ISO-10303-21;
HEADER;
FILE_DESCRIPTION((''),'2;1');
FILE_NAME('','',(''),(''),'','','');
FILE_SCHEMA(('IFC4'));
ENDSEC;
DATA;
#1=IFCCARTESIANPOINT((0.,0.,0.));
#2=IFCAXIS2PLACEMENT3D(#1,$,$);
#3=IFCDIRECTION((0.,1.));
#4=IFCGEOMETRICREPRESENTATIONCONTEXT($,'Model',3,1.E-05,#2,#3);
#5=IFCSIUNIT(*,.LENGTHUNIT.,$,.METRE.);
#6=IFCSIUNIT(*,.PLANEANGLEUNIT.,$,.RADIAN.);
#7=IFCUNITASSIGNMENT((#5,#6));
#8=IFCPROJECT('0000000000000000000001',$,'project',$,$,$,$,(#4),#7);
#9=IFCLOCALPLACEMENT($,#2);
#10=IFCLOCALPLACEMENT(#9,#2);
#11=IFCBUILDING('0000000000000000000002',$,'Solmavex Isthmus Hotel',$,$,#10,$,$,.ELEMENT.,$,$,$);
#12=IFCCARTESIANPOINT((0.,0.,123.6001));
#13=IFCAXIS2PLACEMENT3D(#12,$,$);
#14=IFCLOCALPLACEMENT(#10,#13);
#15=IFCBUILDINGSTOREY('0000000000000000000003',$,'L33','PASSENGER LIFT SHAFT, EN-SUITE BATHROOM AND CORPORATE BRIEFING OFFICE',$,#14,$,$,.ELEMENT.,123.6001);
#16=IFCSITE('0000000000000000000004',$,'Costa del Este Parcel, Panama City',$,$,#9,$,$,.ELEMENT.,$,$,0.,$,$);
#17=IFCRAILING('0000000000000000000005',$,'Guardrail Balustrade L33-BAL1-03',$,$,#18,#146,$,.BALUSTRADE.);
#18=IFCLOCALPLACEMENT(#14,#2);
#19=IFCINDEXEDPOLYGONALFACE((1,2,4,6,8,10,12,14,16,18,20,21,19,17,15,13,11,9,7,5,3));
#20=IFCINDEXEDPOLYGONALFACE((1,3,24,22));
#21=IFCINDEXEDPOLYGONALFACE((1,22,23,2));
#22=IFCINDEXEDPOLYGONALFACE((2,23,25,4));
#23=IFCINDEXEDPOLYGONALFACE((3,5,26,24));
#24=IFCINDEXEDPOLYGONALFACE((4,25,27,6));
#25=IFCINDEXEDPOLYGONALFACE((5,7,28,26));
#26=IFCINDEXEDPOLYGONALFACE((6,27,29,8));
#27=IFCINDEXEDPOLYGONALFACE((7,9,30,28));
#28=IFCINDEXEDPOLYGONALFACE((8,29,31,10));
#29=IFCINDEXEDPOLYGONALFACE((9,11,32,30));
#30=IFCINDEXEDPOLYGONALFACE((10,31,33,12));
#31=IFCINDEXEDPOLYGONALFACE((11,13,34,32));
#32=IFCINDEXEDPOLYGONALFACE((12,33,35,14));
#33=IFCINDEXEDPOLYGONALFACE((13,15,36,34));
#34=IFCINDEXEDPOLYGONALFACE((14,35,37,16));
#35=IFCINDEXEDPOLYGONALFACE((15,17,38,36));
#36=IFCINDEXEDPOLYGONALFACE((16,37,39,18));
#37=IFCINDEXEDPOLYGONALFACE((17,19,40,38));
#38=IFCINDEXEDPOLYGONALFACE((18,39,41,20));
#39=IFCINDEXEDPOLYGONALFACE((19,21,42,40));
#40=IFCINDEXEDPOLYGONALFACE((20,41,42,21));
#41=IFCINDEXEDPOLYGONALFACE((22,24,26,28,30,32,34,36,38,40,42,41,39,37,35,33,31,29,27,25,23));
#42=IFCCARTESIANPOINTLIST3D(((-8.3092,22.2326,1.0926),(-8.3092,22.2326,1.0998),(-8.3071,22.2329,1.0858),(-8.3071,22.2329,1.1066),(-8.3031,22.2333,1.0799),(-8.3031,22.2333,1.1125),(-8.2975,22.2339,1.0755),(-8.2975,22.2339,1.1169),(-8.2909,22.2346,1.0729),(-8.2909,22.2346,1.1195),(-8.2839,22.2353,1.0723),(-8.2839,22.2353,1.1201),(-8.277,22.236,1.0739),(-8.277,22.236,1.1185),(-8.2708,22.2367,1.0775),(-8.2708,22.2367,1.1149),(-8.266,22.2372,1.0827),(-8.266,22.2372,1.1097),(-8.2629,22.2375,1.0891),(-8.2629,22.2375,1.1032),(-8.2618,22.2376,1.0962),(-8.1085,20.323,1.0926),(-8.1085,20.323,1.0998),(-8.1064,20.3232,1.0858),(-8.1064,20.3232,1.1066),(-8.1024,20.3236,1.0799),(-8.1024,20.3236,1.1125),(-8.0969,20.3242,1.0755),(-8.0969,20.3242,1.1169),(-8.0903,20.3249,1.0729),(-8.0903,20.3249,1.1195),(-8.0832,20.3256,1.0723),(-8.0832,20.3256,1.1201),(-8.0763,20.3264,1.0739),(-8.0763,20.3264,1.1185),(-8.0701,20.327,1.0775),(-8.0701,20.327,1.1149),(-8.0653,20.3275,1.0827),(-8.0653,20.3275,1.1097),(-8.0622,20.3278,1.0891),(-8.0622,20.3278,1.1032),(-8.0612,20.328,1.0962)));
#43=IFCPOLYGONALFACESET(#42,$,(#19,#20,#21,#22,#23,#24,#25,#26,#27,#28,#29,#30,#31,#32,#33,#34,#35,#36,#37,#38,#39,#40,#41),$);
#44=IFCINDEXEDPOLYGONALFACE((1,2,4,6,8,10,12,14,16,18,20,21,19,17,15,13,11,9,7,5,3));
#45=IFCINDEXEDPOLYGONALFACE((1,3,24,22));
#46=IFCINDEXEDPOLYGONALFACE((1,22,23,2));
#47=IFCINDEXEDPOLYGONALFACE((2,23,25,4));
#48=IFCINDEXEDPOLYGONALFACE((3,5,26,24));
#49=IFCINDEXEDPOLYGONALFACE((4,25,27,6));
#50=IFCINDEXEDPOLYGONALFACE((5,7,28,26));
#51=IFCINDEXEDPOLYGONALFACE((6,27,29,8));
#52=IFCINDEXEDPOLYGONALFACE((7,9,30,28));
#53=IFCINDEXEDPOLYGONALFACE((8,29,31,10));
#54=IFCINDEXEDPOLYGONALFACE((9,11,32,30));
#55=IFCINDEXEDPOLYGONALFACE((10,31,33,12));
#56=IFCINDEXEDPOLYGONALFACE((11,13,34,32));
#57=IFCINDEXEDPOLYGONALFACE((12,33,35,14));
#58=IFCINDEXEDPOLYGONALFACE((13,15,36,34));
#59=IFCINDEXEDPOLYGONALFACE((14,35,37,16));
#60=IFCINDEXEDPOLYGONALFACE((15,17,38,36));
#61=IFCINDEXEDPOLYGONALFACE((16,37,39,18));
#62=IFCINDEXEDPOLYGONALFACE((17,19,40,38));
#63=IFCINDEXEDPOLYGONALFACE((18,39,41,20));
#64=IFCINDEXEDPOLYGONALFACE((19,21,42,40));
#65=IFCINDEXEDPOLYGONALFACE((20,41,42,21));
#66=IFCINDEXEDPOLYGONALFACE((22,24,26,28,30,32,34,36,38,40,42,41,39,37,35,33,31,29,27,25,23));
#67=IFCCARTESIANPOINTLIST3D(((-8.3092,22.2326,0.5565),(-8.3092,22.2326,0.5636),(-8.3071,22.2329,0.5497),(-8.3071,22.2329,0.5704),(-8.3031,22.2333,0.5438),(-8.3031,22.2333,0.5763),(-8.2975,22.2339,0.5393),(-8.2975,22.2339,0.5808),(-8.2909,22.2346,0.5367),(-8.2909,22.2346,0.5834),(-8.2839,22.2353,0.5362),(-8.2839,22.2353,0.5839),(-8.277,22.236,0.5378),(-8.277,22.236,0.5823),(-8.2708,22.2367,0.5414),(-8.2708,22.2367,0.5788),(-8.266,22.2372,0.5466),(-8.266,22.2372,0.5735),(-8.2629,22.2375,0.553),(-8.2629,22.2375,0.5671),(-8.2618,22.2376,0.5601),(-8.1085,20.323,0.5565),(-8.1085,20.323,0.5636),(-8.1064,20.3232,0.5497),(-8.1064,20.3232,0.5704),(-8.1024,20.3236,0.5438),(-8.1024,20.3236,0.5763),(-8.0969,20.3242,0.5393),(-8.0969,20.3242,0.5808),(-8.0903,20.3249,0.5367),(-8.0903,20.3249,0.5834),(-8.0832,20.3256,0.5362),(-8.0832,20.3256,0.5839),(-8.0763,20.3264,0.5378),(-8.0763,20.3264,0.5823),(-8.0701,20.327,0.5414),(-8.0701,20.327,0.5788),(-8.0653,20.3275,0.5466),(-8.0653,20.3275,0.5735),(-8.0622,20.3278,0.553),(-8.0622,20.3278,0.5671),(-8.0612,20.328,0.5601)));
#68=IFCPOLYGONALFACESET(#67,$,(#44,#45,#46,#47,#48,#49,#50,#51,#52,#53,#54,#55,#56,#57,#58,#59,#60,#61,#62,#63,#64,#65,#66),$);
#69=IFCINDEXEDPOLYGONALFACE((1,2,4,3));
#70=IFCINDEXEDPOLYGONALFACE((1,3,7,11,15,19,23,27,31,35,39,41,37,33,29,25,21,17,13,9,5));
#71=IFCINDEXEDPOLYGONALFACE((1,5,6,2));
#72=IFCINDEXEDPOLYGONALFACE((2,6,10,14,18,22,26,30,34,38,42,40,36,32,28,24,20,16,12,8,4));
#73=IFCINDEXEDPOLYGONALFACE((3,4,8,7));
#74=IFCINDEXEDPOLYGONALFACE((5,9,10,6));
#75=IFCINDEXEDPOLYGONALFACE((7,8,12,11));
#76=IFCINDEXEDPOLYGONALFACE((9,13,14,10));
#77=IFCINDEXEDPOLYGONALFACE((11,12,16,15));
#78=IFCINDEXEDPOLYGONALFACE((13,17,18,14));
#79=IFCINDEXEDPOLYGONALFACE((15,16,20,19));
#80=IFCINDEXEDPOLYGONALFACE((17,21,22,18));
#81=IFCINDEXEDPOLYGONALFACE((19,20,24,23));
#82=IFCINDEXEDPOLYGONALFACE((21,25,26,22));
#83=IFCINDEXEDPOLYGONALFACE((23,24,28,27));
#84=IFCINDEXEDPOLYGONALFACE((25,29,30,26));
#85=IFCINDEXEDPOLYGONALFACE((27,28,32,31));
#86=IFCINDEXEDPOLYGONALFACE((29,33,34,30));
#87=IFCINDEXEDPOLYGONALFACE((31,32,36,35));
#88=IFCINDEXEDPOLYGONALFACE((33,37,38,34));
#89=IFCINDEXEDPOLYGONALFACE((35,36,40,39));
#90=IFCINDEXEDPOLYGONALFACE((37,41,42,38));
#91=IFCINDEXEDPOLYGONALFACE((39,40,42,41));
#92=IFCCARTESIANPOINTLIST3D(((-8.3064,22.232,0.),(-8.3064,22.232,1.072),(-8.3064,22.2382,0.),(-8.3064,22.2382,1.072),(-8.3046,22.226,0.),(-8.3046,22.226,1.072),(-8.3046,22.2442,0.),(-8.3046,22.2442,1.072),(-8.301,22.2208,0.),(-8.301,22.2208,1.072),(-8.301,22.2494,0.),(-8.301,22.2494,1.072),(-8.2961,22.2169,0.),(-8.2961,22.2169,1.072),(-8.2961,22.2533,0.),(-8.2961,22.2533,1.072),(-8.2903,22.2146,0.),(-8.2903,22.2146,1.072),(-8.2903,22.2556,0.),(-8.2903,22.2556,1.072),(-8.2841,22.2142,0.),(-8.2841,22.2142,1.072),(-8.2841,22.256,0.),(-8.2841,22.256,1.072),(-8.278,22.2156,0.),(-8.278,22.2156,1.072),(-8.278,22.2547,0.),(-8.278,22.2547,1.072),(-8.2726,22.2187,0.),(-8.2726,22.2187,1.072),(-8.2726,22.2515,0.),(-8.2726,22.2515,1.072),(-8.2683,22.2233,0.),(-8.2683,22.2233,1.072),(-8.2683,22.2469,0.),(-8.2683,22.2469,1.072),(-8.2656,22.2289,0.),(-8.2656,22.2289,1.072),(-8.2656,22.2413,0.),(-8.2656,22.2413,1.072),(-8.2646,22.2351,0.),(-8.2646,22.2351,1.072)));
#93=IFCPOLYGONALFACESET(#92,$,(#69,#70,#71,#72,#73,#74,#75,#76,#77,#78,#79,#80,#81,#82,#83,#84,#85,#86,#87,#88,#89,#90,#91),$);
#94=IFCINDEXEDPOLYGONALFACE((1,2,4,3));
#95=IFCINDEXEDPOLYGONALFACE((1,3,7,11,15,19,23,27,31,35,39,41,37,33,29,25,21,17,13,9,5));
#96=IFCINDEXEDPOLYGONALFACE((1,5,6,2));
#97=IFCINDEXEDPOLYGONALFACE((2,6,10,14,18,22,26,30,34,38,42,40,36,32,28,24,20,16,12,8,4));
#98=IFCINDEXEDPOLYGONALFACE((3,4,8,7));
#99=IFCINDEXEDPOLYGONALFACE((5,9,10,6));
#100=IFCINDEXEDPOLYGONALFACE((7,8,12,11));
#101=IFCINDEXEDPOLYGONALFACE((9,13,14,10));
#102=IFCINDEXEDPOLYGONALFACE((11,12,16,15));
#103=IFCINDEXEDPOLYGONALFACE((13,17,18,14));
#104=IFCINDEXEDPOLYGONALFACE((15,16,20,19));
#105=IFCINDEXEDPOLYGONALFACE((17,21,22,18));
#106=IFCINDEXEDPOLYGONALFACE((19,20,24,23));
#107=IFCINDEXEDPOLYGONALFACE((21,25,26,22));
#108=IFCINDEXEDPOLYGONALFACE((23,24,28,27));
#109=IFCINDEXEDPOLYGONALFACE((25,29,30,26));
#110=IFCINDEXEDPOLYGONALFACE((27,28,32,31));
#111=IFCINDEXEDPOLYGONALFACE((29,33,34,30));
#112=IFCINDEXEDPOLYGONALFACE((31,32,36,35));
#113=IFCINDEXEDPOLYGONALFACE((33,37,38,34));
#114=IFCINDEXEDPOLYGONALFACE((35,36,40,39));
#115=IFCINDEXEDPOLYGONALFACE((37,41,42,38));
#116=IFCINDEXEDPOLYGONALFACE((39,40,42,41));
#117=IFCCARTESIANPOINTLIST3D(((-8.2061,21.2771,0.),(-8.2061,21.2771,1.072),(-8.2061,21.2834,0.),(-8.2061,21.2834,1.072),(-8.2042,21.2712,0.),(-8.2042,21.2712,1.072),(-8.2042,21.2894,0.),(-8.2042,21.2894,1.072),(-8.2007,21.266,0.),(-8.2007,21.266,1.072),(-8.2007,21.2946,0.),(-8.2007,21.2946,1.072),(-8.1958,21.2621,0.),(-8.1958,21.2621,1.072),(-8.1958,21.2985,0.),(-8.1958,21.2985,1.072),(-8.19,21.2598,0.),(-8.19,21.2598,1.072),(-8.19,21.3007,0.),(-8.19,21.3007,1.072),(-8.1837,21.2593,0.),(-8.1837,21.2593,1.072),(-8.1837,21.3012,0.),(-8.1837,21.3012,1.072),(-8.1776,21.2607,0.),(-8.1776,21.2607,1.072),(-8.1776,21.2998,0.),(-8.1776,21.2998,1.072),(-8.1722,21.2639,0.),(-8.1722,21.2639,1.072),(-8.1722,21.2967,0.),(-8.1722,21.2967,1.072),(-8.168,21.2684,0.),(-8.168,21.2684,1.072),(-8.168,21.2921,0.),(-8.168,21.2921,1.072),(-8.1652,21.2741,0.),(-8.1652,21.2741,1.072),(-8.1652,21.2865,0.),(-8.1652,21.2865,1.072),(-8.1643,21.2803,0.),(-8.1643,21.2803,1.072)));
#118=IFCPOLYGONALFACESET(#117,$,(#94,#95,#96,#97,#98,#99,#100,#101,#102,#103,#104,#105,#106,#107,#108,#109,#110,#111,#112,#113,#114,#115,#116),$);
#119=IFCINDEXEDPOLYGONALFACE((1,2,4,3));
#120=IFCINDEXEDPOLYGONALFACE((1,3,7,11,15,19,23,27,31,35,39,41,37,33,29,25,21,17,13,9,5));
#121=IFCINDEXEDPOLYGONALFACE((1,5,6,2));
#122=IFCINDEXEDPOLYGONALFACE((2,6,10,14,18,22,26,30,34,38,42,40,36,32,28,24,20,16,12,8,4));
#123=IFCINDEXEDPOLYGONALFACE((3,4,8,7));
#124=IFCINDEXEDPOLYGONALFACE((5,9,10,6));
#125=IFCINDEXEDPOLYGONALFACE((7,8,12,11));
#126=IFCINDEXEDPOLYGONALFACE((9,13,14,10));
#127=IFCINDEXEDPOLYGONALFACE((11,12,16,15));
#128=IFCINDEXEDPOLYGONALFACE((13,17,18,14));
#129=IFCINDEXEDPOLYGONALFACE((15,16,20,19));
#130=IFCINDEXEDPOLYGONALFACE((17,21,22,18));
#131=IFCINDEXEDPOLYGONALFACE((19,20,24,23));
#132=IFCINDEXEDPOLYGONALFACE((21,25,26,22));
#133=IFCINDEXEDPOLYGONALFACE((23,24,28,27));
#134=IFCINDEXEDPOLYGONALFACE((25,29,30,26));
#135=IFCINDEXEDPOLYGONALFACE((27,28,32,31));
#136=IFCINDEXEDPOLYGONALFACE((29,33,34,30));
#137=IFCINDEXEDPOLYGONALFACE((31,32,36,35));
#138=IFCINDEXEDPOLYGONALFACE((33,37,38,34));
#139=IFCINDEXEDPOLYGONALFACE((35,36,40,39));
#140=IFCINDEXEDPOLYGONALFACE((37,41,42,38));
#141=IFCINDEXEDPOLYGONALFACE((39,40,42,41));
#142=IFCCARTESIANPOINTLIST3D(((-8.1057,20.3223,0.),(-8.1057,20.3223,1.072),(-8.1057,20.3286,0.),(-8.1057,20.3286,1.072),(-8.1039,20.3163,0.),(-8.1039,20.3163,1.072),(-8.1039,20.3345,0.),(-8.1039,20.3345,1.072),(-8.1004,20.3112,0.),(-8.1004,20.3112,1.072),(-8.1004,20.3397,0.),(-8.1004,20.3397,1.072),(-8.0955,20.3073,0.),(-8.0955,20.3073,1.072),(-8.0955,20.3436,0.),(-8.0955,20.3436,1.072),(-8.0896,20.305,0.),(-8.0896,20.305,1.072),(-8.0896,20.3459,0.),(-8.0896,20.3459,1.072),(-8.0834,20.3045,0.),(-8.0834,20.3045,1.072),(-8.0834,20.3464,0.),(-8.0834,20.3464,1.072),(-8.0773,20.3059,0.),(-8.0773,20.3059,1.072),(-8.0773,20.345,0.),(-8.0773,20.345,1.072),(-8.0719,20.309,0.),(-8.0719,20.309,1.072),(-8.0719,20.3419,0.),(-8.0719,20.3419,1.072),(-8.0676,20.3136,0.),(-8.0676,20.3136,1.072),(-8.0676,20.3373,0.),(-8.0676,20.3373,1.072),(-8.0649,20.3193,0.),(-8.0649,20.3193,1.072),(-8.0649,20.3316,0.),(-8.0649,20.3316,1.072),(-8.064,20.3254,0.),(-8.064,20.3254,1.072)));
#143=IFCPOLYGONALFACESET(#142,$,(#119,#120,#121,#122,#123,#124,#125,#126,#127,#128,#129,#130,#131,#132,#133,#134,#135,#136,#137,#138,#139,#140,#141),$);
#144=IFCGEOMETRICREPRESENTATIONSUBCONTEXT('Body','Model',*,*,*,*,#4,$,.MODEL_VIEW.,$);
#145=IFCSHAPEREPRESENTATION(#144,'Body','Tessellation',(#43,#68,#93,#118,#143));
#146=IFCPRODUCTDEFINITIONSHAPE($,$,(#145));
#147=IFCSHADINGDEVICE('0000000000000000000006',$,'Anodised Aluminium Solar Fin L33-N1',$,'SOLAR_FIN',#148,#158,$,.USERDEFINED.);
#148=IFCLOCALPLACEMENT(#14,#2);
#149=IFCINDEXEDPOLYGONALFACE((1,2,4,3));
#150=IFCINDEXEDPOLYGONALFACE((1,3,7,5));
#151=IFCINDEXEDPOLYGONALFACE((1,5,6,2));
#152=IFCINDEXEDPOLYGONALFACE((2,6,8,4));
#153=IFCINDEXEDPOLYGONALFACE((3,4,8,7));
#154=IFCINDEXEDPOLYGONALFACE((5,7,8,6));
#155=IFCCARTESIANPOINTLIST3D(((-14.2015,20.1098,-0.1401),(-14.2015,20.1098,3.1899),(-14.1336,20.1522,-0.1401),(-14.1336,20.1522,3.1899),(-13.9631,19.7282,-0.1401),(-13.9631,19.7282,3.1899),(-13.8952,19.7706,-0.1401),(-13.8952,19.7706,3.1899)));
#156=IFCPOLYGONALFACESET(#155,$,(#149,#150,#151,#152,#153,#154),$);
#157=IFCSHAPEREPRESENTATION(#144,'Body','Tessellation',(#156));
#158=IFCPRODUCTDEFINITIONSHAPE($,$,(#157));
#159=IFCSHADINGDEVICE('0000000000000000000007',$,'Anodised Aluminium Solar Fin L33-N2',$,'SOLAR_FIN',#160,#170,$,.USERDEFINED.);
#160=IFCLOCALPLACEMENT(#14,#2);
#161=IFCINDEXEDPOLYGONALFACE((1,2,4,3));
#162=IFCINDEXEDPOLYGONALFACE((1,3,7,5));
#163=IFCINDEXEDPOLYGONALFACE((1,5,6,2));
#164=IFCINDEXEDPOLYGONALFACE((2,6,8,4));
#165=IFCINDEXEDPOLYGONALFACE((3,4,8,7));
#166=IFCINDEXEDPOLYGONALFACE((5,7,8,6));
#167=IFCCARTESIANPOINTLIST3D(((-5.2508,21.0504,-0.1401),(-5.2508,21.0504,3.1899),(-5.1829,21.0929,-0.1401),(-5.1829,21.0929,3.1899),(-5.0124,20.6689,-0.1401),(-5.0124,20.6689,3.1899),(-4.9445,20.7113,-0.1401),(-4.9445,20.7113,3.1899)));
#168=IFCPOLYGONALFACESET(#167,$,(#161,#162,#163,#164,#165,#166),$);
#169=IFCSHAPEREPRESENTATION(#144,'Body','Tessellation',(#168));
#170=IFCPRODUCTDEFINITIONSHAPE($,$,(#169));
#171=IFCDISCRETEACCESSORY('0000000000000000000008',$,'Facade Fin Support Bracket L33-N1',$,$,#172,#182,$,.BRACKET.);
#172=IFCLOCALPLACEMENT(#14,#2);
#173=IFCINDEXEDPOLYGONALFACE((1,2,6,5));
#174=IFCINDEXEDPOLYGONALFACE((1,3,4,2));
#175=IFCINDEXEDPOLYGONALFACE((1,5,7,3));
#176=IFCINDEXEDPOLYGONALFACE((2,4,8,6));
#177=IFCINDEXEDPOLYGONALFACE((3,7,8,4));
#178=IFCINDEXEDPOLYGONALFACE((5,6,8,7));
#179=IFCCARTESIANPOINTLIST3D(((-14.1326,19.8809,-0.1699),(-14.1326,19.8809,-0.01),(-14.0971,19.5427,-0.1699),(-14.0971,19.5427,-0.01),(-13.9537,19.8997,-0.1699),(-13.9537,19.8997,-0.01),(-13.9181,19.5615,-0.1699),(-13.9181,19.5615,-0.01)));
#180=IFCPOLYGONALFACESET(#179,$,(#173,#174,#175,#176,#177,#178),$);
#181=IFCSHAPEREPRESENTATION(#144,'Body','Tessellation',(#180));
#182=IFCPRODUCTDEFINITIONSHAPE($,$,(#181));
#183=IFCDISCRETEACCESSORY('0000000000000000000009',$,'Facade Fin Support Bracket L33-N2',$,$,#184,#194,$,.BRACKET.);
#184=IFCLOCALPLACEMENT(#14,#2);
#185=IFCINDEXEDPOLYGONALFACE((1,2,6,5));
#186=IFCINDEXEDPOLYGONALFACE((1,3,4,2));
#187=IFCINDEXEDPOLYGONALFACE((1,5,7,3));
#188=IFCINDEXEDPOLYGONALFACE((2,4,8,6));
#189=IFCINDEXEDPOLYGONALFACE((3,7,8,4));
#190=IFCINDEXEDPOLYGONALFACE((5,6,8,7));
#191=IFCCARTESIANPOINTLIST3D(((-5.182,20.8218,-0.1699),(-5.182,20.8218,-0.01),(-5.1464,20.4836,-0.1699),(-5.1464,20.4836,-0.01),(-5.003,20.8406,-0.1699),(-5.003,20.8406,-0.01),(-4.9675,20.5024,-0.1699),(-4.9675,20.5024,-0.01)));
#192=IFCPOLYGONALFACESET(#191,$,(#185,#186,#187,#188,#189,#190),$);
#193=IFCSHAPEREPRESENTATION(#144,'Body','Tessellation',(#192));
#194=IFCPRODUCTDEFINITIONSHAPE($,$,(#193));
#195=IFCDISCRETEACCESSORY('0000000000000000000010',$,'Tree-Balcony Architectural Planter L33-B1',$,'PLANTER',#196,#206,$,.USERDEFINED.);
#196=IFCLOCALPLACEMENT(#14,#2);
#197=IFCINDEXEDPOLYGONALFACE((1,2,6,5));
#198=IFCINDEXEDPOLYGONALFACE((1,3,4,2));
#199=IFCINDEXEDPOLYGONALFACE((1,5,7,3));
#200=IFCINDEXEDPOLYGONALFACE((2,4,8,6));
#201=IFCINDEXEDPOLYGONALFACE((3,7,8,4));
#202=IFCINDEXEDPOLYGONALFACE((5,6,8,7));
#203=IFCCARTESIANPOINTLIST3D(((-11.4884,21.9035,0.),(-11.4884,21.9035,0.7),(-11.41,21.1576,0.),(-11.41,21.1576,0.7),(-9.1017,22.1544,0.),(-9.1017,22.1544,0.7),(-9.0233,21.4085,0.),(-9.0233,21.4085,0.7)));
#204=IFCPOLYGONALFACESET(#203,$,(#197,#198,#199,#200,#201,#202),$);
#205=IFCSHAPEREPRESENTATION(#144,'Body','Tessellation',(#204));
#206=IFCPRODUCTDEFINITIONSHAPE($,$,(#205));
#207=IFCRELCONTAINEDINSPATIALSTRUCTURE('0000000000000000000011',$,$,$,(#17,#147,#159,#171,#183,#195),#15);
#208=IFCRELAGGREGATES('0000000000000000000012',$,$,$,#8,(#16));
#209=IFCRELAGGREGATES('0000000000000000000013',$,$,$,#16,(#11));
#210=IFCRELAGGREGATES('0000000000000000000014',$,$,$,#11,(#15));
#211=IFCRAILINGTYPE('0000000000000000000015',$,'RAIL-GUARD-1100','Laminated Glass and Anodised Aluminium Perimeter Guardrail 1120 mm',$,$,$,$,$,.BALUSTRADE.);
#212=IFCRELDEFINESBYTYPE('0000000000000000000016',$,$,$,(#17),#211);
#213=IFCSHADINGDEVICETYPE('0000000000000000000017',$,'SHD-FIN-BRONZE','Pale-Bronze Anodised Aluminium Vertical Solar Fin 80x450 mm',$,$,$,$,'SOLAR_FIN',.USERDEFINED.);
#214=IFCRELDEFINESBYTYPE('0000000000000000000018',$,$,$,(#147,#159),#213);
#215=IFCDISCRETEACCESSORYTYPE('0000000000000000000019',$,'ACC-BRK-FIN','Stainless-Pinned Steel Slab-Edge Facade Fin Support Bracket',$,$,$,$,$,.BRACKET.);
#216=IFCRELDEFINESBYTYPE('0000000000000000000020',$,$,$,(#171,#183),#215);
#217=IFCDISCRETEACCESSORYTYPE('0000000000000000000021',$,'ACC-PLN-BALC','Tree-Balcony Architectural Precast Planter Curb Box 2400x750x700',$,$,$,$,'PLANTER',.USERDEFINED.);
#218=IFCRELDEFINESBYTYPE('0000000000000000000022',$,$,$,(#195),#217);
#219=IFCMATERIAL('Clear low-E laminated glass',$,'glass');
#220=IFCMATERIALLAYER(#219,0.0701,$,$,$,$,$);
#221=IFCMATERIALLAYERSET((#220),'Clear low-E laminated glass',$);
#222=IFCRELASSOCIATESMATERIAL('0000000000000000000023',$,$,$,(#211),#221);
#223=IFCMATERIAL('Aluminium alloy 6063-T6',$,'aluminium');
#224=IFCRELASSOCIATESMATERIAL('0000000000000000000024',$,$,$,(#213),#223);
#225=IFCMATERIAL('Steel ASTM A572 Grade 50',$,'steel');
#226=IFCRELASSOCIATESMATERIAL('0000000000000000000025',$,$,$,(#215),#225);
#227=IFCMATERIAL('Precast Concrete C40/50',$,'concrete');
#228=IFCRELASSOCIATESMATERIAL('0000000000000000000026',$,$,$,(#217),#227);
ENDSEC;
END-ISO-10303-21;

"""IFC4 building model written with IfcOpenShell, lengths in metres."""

from ifc_helpers import new_model, si_unit, direction, frame, origin, origin_2d, place, context, subcontext, project, spatial, rectangle, circle, extrude, material, layer, layer_set, type_object, element, save


model = new_model("IFC4")

# Units and contexts
model_context = context("Model", 3, precision=1e-05, world=origin(), true_north=direction((0.0, 1.0)))
body_context = subcontext(model_context, "Body", "Model", "MODEL_VIEW")
ifc_project = project(units=[si_unit("LENGTHUNIT", "METRE"), si_unit("PLANEANGLEUNIT", "RADIAN")], contexts=[model_context])

# Site, building, storey
site_placement = place(None, origin())
site = spatial("IfcSite", under=ifc_project, at=site_placement, Name="Costa del Este Parcel, Panama City", CompositionType="ELEMENT", RefElevation=0.0)
building_placement = place(site_placement, origin())
building = spatial("IfcBuilding", under=site, at=building_placement, Name="Solmavex Isthmus Hotel", CompositionType="ELEMENT")
storey_placement = place(building_placement, frame((0.0, 0.0, 123.6001)))
storey = spatial("IfcBuildingStorey", under=building, at=storey_placement, Name="L33", Description="PASSENGER LIFT SHAFT, EN-SUITE BATHROOM AND CORPORATE BRIEFING OFFICE", CompositionType="ELEMENT", Elevation=123.6001)

# Shared definitions
ifc_material_1 = material(Name="Aluminium alloy 6063-T6", Category="aluminium")

# Shared definitions
ifc_material_2 = material(Name="Clear low-E laminated glass", Category="glass")

# Shared definitions
ifc_material_3 = material(Name="Precast Concrete C40/50", Category="concrete")

# Railing
ifc_layer_1 = layer(ifc_material_2, 0.0701)
ifc_layer_set_1 = layer_set([ifc_layer_1], Name="Clear low-E laminated glass")
railing_type = type_object("IfcRailingType", Name="RAIL-GUARD-1100", Description="Laminated Glass and Anodised Aluminium Perimeter Guardrail 1120 mm", PredefinedType="BALUSTRADE", material=ifc_layer_set_1)
railing_1_placement = place(storey_placement, frame((-8.2856, 22.2351, 0.0)))
element("IfcRailing", 1, at=railing_1_placement, inside=storey, type_object=railing_type, Name="Guardrail Balustrade L33-BAL1-03", PredefinedType="BALUSTRADE", context=body_context, shape_type="SweptSolid", body=[
    extrude(circle(Radius=0.0239, at=origin_2d()), frame((0.0, 0.0, 1.0962), z_axis=(0.104513, -0.994524, 0.0), x_axis=(0.994524, 0.104513, 0.0)), (0.0, 0.0, 1.0), 1.9202),
    extrude(circle(Radius=0.0239, at=origin_2d()), frame((0.0, 0.0, 0.5601), z_axis=(0.104513, -0.994524, 0.0), x_axis=(0.994524, 0.104513, 0.0)), (0.0, 0.0, 1.0), 1.9202),
    extrude(circle(Radius=0.021, at=origin_2d()), origin(), (0.0, 0.0, 1.0), 1.072),
    extrude(circle(Radius=0.021, at=origin_2d()), frame((0.1003, -0.9548, 0.0)), (0.0, 0.0, 1.0), 1.072),
    extrude(circle(Radius=0.021, at=origin_2d()), frame((0.2007, -1.9097, 0.0)), (0.0, 0.0, 1.0), 1.072),
])

# Shading devices
shading_device_type = type_object("IfcShadingDeviceType", Name="SHD-FIN-BRONZE", Description="Pale-Bronze Anodised Aluminium Vertical Solar Fin 80x450 mm", ElementType="SOLAR_FIN", PredefinedType="USERDEFINED", material=ifc_material_1)
for number, where, z_axis, x_axis, name in (
    (2, (-14.0483, 19.9402, -0.1401), (0.0, 0.0, 1.0), (-0.529919, 0.848048, 0.0), "Anodised Aluminium Solar Fin L33-N1"),
    (3, (-5.0977, 20.8809, -0.1401), (0.0, 0.0, 1.0), (-0.529919, 0.848048, 0.0), "Anodised Aluminium Solar Fin L33-N2"),
):
    element("IfcShadingDevice", number, at=place(storey_placement, frame(where, z_axis=z_axis, x_axis=x_axis)), inside=storey, type_object=shading_device_type, Name=name, ObjectType="SOLAR_FIN", PredefinedType="USERDEFINED", context=body_context, shape_type="SweptSolid", body=[
        extrude(rectangle(XDim=0.45, YDim=0.0801, at=origin_2d()), origin(), (0.0, 0.0, 1.0), 3.3301),
    ])

# Discrete accessories
ifc_material_4 = material(Name="Steel ASTM A572 Grade 50", Category="steel")
discrete_accessory_type_1 = type_object("IfcDiscreteAccessoryType", Name="ACC-BRK-FIN", Description="Stainless-Pinned Steel Slab-Edge Facade Fin Support Bracket", PredefinedType="BRACKET", material=ifc_material_4)
for number, where, z_axis, x_axis, name in (
    (4, (-14.0254, 19.7212, -0.1699), (0.0, 0.0, 1.0), (-0.104528, 0.994522, 0.0), "Facade Fin Support Bracket L33-N1"),
    (5, (-5.0747, 20.6621, -0.1699), (0.0, 0.0, 1.0), (-0.104528, 0.994522, 0.0), "Facade Fin Support Bracket L33-N2"),
):
    element("IfcDiscreteAccessory", number, at=place(storey_placement, frame(where, z_axis=z_axis, x_axis=x_axis)), inside=storey, type_object=discrete_accessory_type_1, Name=name, PredefinedType="BRACKET", context=body_context, shape_type="SweptSolid", body=[
        extrude(rectangle(XDim=0.3401, YDim=0.1799, at=origin_2d()), origin(), (0.0, 0.0, 1.0), 0.1599),
    ])
discrete_accessory_type_2 = type_object("IfcDiscreteAccessoryType", Name="ACC-PLN-BALC", Description="Tree-Balcony Architectural Precast Planter Curb Box 2400x750x700", ElementType="PLANTER", PredefinedType="USERDEFINED", material=ifc_material_3)
discrete_accessory_placement = place(storey_placement, frame((-10.2559, 21.656, 0.0), z_axis=(0.0, 0.0, 1.0), x_axis=(0.994522, 0.104528, 0.0)))
element("IfcDiscreteAccessory", 6, at=discrete_accessory_placement, inside=storey, type_object=discrete_accessory_type_2, Name="Tree-Balcony Architectural Planter L33-B1", ObjectType="PLANTER", PredefinedType="USERDEFINED", context=body_context, shape_type="SweptSolid", body=[
    extrude(rectangle(XDim=2.3999, YDim=0.75, at=origin_2d()), origin(), (0.0, 0.0, 1.0), 0.7),
])

save(model, "model.ifc")
